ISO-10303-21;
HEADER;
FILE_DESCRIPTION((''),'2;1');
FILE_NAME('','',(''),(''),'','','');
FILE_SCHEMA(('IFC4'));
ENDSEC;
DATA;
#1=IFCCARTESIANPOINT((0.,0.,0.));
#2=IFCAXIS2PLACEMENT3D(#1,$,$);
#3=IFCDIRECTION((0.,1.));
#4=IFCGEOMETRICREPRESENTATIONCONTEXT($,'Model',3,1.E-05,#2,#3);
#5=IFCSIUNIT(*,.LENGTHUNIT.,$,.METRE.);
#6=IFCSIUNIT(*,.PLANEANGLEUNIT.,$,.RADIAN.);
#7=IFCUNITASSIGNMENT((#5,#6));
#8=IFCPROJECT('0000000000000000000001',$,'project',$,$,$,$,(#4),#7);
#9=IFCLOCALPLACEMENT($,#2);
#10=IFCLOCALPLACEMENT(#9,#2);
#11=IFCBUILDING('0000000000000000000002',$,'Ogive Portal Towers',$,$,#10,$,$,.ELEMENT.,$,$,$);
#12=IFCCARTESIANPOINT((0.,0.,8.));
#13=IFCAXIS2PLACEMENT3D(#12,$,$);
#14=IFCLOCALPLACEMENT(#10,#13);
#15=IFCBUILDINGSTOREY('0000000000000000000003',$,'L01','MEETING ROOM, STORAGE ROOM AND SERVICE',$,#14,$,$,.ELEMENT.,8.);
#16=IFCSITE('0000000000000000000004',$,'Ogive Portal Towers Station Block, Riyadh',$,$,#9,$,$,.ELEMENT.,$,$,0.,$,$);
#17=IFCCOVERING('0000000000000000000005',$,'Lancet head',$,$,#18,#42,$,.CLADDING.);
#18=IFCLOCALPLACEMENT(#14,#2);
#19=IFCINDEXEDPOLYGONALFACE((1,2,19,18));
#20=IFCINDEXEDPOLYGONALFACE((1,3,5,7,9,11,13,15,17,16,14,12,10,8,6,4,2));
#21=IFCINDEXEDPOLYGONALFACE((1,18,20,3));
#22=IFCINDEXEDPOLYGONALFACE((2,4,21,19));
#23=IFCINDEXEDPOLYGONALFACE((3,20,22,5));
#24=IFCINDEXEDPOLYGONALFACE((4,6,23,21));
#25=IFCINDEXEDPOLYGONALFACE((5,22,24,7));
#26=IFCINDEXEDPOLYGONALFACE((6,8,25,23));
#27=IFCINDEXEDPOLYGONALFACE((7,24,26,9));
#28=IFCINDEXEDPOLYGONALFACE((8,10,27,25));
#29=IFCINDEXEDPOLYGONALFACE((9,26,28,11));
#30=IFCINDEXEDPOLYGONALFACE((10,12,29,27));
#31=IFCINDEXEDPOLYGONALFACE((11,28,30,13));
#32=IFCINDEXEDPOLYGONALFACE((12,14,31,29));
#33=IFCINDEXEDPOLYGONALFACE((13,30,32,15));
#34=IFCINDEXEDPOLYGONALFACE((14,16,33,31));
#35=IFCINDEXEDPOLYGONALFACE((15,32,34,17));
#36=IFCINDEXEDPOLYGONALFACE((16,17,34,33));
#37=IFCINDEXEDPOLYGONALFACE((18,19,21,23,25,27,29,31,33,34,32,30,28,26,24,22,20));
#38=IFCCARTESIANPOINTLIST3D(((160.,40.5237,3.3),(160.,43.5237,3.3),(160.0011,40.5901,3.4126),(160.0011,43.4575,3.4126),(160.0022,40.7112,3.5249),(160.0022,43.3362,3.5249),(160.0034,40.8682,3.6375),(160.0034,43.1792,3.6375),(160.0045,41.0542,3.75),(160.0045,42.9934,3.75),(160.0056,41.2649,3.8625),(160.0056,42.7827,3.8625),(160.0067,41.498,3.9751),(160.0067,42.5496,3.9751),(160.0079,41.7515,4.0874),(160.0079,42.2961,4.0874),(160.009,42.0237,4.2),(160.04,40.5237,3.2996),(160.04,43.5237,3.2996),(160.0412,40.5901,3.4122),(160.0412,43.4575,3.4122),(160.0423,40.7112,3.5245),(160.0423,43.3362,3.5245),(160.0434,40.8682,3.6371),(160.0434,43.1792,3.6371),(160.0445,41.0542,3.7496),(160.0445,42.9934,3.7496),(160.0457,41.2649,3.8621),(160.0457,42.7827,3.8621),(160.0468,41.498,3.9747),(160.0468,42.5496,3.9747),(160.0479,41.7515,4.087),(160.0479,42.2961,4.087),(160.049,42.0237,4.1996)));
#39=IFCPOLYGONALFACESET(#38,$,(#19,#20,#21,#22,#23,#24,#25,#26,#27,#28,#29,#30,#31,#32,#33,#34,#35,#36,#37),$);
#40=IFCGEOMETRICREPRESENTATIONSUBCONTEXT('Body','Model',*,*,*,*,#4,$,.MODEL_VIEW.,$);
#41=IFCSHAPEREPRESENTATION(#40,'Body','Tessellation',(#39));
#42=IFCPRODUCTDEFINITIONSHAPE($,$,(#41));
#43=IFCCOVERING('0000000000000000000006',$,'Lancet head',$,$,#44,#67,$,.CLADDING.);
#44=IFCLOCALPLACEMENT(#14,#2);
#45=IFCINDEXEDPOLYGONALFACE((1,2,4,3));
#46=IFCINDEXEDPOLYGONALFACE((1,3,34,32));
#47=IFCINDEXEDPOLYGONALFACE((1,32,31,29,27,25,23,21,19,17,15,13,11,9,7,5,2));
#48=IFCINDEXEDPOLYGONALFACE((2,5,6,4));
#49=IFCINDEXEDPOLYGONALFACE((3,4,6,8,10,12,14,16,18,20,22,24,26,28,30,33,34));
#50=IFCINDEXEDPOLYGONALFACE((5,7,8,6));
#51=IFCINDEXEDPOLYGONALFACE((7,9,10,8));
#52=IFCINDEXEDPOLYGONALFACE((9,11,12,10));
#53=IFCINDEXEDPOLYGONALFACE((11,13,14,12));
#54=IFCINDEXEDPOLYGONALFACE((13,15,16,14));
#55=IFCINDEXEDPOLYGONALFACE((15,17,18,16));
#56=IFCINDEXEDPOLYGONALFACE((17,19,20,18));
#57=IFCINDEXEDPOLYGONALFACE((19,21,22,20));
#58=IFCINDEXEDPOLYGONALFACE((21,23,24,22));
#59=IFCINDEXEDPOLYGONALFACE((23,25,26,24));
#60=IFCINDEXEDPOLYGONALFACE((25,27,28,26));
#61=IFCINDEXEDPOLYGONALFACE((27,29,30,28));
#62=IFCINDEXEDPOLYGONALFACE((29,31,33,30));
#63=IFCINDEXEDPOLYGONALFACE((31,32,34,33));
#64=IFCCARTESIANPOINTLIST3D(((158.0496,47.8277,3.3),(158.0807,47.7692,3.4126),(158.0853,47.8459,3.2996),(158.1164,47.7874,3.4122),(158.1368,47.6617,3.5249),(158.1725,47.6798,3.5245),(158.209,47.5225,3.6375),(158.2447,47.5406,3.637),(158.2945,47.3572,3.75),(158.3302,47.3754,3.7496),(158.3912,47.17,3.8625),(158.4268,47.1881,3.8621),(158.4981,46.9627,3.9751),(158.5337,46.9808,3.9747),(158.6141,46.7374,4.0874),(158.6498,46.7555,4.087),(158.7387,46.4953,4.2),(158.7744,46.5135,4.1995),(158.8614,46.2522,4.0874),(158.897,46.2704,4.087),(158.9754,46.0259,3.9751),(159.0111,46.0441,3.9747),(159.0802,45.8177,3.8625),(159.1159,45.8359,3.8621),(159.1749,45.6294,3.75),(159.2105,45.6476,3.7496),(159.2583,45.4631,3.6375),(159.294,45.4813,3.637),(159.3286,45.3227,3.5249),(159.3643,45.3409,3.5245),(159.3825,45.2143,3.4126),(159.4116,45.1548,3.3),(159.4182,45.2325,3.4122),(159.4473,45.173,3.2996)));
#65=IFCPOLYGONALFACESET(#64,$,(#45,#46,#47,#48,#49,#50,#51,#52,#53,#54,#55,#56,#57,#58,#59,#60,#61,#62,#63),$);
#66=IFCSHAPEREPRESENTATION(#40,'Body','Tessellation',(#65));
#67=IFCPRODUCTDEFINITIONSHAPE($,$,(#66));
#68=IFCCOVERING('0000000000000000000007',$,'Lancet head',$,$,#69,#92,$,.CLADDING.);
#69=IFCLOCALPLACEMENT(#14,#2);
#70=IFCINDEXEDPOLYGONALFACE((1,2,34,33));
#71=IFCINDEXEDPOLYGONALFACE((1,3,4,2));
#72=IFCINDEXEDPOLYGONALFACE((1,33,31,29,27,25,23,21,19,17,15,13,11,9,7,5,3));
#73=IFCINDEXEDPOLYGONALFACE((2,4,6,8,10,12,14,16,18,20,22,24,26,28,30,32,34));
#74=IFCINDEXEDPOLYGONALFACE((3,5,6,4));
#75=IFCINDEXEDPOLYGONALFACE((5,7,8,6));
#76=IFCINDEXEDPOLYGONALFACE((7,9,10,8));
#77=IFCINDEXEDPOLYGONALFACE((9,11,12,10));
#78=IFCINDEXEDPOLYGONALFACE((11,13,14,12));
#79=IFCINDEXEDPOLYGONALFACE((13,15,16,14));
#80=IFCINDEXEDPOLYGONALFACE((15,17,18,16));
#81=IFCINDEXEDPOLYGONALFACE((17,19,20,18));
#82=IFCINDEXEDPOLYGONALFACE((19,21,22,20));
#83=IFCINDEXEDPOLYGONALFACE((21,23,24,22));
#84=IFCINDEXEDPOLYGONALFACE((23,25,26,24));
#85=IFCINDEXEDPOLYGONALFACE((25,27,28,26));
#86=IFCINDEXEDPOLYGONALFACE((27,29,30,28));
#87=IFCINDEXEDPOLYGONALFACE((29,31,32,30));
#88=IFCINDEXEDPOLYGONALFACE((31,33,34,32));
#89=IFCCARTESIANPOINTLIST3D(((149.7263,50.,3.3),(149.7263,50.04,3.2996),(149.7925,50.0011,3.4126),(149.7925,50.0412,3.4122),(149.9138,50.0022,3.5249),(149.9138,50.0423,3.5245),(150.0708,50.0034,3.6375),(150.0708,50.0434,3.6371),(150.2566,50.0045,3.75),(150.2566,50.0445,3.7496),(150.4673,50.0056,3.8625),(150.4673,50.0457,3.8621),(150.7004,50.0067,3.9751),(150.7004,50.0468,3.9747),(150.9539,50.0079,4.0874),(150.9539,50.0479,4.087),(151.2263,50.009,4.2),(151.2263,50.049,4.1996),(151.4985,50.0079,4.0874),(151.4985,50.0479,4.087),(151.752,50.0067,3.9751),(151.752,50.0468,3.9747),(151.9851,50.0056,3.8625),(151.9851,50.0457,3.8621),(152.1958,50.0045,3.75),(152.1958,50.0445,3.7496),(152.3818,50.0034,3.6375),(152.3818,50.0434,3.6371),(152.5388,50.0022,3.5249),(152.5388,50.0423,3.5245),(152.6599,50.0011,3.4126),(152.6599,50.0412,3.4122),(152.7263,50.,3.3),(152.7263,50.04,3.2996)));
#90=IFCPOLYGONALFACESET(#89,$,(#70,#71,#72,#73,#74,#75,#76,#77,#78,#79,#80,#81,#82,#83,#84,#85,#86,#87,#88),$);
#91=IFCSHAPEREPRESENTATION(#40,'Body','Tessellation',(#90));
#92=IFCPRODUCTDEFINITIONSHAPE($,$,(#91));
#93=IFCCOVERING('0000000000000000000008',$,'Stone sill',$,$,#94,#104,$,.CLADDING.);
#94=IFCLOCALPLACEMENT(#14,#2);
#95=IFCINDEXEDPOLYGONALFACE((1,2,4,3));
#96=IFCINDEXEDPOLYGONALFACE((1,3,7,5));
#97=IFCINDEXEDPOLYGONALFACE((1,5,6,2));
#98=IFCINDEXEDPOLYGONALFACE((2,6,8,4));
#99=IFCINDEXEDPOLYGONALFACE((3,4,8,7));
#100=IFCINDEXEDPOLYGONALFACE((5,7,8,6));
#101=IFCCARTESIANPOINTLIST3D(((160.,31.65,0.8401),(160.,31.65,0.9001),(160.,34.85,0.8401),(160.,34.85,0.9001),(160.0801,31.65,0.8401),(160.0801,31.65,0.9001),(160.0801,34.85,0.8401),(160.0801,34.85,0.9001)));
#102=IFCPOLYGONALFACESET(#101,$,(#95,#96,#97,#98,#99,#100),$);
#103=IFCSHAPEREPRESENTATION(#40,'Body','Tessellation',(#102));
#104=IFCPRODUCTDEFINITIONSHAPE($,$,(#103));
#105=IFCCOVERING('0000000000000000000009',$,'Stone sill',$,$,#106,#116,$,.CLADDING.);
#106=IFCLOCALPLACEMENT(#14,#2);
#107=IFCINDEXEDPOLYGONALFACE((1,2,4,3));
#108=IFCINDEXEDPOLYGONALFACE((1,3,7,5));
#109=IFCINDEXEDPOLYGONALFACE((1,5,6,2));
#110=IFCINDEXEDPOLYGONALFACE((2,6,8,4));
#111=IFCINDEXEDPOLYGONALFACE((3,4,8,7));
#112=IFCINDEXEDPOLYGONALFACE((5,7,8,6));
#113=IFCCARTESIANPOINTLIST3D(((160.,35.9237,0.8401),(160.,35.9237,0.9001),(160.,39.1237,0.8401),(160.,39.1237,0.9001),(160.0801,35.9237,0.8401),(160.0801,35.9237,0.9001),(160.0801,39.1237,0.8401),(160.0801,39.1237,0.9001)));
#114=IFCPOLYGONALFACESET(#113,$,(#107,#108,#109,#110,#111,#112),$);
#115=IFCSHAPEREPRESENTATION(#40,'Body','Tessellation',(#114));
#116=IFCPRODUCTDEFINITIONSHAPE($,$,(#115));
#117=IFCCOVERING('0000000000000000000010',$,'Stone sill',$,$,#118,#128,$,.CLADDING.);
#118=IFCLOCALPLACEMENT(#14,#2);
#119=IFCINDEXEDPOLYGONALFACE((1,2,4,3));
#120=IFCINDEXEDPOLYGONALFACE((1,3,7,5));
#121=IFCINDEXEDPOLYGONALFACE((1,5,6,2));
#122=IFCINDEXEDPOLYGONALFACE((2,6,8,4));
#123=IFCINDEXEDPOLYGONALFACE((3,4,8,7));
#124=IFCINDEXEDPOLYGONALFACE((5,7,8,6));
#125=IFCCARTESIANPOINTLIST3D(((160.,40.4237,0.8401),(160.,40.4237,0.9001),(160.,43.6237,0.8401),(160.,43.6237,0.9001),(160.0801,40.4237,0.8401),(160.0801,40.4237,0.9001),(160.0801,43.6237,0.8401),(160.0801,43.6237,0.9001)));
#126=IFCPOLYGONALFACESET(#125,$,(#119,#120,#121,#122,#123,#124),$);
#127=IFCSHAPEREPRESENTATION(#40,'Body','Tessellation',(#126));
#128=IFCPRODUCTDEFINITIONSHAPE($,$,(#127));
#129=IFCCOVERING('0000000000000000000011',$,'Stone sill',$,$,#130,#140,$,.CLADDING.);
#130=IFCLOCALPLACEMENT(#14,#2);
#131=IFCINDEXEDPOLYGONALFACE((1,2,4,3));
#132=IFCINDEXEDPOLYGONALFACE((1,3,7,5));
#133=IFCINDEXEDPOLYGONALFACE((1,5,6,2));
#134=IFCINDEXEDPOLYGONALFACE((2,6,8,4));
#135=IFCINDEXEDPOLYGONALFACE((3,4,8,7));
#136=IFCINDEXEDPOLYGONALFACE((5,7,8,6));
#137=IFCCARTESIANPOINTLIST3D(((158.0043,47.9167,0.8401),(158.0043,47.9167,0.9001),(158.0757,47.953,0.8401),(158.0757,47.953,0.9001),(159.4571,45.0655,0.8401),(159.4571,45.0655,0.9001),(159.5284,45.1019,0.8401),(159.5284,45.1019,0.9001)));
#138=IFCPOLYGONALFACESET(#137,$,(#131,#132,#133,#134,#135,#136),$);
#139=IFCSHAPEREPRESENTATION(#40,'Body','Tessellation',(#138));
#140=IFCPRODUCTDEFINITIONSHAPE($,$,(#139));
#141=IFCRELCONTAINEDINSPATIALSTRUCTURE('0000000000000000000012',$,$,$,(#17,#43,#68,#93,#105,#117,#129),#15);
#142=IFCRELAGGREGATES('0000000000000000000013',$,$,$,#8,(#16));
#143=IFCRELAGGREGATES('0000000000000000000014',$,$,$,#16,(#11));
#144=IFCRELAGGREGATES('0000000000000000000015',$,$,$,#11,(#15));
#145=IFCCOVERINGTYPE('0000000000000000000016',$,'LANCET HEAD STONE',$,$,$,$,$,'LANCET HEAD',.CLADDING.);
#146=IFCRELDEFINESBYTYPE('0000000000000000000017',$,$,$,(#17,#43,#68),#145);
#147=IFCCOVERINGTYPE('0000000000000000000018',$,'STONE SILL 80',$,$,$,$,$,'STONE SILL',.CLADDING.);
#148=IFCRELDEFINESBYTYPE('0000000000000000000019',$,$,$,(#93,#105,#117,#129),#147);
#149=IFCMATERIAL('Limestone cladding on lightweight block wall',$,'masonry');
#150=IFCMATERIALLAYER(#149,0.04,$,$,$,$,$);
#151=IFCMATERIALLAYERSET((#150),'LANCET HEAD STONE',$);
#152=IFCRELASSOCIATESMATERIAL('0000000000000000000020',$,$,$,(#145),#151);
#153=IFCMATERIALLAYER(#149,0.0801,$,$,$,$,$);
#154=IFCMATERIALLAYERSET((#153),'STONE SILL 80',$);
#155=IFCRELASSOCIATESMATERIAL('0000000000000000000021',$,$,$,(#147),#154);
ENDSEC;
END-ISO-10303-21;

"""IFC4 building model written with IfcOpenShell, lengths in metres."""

from ifc_helpers import new_model, si_unit, direction, frame, origin, origin_2d, place, context, subcontext, project, spatial, polyline, rectangle, outline, extrude, material, layer, layer_set, type_object, element, save


model = new_model("IFC4")

# Units and contexts
model_context = context("Model", 3, precision=1e-05, world=origin(), true_north=direction((0.0, 1.0)))
body_context = subcontext(model_context, "Body", "Model", "MODEL_VIEW")
ifc_project = project(units=[si_unit("LENGTHUNIT", "METRE"), si_unit("PLANEANGLEUNIT", "RADIAN")], contexts=[model_context])

# Site, building, storey
site_placement = place(None, origin())
site = spatial("IfcSite", under=ifc_project, at=site_placement, Name="Ogive Portal Towers Station Block, Riyadh", CompositionType="ELEMENT", RefElevation=0.0)
building_placement = place(site_placement, origin())
building = spatial("IfcBuilding", under=site, at=building_placement, Name="Ogive Portal Towers", CompositionType="ELEMENT")
storey_placement = place(building_placement, frame((0.0, 0.0, 8.0)))
storey = spatial("IfcBuildingStorey", under=building, at=storey_placement, Name="L01", Description="MEETING ROOM, STORAGE ROOM AND SERVICE", CompositionType="ELEMENT", Elevation=8.0)

# Shared definitions
ifc_material_1 = material(Name="Limestone cladding on lightweight block wall", Category="masonry")

# Coverings
ifc_layer_1 = layer(ifc_material_1, 0.04)
ifc_layer_set_1 = layer_set([ifc_layer_1], Name="LANCET HEAD STONE")
covering_type_1 = type_object("IfcCoveringType", Name="LANCET HEAD STONE", ElementType="LANCET HEAD", PredefinedType="CLADDING", material=ifc_layer_set_1)
for number, where, z_axis, x_axis, name in (
    (1, (160.0, 40.5237, 3.3), (-0.99995, 0.0, 0.009994), (0.0, 1.0, 0.0), "Lancet head"),
):
    element("IfcCovering", number, at=place(storey_placement, frame(where, z_axis=z_axis, x_axis=x_axis)), inside=storey, type_object=covering_type_1, Name=name, PredefinedType="CLADDING", context=body_context, shape_type="SweptSolid", body=[
        extrude(outline(polyline([(0.0, 0.0), (3.0, 0.0), (2.9338, -0.1126), (2.8125, -0.2249), (2.6555, -0.3374), (2.4697, -0.45), (2.259, -0.5625), (2.0259, -0.6751), (1.7725, -0.7874), (1.5, -0.8999), (1.2278, -0.7874), (0.9744, -0.6751), (0.7412, -0.5625), (0.5305, -0.45), (0.3445, -0.3374), (0.1875, -0.2249), (0.0664, -0.1126), (0.0, 0.0)])), origin(), (0.0, 0.0, -1.0), 0.04),
    ])
covering_1_placement = place(storey_placement, frame((159.4116, 45.1548, 3.3), z_axis=(-0.890951, -0.453987, 0.010108), x_axis=(-0.45401, 0.890997, 0.0)))
element("IfcCovering", 2, at=covering_1_placement, inside=storey, type_object=covering_type_1, Name="Lancet head", PredefinedType="CLADDING", context=body_context, shape_type="SweptSolid", body=[
    extrude(outline(polyline([(0.0, 0.0), (2.9999, 0.0), (2.9337, -0.1126), (2.8124, -0.2249), (2.6556, -0.3374), (2.4695, -0.45), (2.2588, -0.5625), (2.0256, -0.6751), (1.7721, -0.7874), (1.4999, -0.8999), (1.2276, -0.7874), (0.9742, -0.6751), (0.7411, -0.5625), (0.5304, -0.45), (0.3443, -0.3374), (0.1873, -0.2249), (0.0663, -0.1126), (0.0, 0.0)])), origin(), (0.0, 0.0, -1.0), 0.04),
])
covering_2_placement = place(storey_placement, frame((152.7263, 50.0, 3.3), z_axis=(0.0, -0.99995, 0.009994), x_axis=(-1.0, 0.0, 0.0)))
element("IfcCovering", 3, at=covering_2_placement, inside=storey, type_object=covering_type_1, Name="Lancet head", PredefinedType="CLADDING", context=body_context, shape_type="SweptSolid", body=[
    extrude(outline(polyline([(0.0, 0.0), (3.0, 0.0), (2.9338, -0.1126), (2.8125, -0.2249), (2.6555, -0.3374), (2.4697, -0.45), (2.259, -0.5625), (2.0259, -0.6751), (1.7725, -0.7874), (1.5, -0.8999), (1.2278, -0.7874), (0.9744, -0.6751), (0.7412, -0.5625), (0.5305, -0.45), (0.3445, -0.3374), (0.1875, -0.2249), (0.0664, -0.1126), (0.0, 0.0)])), origin(), (0.0, 0.0, -1.0), 0.04),
])
ifc_layer_2 = layer(ifc_material_1, 0.0801)
ifc_layer_set_2 = layer_set([ifc_layer_2], Name="STONE SILL 80")
covering_type_2 = type_object("IfcCoveringType", Name="STONE SILL 80", ElementType="STONE SILL", PredefinedType="CLADDING", material=ifc_layer_set_2)
for number, where, z_axis, x_axis, name in (
    (4, (160.04, 33.25, 0.8401), (0.0, 0.0, 1.0), (0.0, 1.0, 0.0), "Stone sill"),
    (5, (160.04, 37.5237, 0.8401), (0.0, 0.0, 1.0), (0.0, 1.0, 0.0), "Stone sill"),
    (6, (160.04, 42.0237, 0.8401), (0.0, 0.0, 1.0), (0.0, 1.0, 0.0), "Stone sill"),
    (7, (158.7664, 46.5093, 0.8401), (0.0, 0.0, 1.0), (-0.45399, 0.891007, 0.0), "Stone sill"),
):
    element("IfcCovering", number, at=place(storey_placement, frame(where, z_axis=z_axis, x_axis=x_axis)), inside=storey, type_object=covering_type_2, Name=name, PredefinedType="CLADDING", context=body_context, shape_type="SweptSolid", body=[
        extrude(rectangle(XDim=3.2, YDim=0.0801, at=origin_2d()), origin(), (0.0, 0.0, 1.0), 0.0601),
    ])

save(model, "model.ifc")
